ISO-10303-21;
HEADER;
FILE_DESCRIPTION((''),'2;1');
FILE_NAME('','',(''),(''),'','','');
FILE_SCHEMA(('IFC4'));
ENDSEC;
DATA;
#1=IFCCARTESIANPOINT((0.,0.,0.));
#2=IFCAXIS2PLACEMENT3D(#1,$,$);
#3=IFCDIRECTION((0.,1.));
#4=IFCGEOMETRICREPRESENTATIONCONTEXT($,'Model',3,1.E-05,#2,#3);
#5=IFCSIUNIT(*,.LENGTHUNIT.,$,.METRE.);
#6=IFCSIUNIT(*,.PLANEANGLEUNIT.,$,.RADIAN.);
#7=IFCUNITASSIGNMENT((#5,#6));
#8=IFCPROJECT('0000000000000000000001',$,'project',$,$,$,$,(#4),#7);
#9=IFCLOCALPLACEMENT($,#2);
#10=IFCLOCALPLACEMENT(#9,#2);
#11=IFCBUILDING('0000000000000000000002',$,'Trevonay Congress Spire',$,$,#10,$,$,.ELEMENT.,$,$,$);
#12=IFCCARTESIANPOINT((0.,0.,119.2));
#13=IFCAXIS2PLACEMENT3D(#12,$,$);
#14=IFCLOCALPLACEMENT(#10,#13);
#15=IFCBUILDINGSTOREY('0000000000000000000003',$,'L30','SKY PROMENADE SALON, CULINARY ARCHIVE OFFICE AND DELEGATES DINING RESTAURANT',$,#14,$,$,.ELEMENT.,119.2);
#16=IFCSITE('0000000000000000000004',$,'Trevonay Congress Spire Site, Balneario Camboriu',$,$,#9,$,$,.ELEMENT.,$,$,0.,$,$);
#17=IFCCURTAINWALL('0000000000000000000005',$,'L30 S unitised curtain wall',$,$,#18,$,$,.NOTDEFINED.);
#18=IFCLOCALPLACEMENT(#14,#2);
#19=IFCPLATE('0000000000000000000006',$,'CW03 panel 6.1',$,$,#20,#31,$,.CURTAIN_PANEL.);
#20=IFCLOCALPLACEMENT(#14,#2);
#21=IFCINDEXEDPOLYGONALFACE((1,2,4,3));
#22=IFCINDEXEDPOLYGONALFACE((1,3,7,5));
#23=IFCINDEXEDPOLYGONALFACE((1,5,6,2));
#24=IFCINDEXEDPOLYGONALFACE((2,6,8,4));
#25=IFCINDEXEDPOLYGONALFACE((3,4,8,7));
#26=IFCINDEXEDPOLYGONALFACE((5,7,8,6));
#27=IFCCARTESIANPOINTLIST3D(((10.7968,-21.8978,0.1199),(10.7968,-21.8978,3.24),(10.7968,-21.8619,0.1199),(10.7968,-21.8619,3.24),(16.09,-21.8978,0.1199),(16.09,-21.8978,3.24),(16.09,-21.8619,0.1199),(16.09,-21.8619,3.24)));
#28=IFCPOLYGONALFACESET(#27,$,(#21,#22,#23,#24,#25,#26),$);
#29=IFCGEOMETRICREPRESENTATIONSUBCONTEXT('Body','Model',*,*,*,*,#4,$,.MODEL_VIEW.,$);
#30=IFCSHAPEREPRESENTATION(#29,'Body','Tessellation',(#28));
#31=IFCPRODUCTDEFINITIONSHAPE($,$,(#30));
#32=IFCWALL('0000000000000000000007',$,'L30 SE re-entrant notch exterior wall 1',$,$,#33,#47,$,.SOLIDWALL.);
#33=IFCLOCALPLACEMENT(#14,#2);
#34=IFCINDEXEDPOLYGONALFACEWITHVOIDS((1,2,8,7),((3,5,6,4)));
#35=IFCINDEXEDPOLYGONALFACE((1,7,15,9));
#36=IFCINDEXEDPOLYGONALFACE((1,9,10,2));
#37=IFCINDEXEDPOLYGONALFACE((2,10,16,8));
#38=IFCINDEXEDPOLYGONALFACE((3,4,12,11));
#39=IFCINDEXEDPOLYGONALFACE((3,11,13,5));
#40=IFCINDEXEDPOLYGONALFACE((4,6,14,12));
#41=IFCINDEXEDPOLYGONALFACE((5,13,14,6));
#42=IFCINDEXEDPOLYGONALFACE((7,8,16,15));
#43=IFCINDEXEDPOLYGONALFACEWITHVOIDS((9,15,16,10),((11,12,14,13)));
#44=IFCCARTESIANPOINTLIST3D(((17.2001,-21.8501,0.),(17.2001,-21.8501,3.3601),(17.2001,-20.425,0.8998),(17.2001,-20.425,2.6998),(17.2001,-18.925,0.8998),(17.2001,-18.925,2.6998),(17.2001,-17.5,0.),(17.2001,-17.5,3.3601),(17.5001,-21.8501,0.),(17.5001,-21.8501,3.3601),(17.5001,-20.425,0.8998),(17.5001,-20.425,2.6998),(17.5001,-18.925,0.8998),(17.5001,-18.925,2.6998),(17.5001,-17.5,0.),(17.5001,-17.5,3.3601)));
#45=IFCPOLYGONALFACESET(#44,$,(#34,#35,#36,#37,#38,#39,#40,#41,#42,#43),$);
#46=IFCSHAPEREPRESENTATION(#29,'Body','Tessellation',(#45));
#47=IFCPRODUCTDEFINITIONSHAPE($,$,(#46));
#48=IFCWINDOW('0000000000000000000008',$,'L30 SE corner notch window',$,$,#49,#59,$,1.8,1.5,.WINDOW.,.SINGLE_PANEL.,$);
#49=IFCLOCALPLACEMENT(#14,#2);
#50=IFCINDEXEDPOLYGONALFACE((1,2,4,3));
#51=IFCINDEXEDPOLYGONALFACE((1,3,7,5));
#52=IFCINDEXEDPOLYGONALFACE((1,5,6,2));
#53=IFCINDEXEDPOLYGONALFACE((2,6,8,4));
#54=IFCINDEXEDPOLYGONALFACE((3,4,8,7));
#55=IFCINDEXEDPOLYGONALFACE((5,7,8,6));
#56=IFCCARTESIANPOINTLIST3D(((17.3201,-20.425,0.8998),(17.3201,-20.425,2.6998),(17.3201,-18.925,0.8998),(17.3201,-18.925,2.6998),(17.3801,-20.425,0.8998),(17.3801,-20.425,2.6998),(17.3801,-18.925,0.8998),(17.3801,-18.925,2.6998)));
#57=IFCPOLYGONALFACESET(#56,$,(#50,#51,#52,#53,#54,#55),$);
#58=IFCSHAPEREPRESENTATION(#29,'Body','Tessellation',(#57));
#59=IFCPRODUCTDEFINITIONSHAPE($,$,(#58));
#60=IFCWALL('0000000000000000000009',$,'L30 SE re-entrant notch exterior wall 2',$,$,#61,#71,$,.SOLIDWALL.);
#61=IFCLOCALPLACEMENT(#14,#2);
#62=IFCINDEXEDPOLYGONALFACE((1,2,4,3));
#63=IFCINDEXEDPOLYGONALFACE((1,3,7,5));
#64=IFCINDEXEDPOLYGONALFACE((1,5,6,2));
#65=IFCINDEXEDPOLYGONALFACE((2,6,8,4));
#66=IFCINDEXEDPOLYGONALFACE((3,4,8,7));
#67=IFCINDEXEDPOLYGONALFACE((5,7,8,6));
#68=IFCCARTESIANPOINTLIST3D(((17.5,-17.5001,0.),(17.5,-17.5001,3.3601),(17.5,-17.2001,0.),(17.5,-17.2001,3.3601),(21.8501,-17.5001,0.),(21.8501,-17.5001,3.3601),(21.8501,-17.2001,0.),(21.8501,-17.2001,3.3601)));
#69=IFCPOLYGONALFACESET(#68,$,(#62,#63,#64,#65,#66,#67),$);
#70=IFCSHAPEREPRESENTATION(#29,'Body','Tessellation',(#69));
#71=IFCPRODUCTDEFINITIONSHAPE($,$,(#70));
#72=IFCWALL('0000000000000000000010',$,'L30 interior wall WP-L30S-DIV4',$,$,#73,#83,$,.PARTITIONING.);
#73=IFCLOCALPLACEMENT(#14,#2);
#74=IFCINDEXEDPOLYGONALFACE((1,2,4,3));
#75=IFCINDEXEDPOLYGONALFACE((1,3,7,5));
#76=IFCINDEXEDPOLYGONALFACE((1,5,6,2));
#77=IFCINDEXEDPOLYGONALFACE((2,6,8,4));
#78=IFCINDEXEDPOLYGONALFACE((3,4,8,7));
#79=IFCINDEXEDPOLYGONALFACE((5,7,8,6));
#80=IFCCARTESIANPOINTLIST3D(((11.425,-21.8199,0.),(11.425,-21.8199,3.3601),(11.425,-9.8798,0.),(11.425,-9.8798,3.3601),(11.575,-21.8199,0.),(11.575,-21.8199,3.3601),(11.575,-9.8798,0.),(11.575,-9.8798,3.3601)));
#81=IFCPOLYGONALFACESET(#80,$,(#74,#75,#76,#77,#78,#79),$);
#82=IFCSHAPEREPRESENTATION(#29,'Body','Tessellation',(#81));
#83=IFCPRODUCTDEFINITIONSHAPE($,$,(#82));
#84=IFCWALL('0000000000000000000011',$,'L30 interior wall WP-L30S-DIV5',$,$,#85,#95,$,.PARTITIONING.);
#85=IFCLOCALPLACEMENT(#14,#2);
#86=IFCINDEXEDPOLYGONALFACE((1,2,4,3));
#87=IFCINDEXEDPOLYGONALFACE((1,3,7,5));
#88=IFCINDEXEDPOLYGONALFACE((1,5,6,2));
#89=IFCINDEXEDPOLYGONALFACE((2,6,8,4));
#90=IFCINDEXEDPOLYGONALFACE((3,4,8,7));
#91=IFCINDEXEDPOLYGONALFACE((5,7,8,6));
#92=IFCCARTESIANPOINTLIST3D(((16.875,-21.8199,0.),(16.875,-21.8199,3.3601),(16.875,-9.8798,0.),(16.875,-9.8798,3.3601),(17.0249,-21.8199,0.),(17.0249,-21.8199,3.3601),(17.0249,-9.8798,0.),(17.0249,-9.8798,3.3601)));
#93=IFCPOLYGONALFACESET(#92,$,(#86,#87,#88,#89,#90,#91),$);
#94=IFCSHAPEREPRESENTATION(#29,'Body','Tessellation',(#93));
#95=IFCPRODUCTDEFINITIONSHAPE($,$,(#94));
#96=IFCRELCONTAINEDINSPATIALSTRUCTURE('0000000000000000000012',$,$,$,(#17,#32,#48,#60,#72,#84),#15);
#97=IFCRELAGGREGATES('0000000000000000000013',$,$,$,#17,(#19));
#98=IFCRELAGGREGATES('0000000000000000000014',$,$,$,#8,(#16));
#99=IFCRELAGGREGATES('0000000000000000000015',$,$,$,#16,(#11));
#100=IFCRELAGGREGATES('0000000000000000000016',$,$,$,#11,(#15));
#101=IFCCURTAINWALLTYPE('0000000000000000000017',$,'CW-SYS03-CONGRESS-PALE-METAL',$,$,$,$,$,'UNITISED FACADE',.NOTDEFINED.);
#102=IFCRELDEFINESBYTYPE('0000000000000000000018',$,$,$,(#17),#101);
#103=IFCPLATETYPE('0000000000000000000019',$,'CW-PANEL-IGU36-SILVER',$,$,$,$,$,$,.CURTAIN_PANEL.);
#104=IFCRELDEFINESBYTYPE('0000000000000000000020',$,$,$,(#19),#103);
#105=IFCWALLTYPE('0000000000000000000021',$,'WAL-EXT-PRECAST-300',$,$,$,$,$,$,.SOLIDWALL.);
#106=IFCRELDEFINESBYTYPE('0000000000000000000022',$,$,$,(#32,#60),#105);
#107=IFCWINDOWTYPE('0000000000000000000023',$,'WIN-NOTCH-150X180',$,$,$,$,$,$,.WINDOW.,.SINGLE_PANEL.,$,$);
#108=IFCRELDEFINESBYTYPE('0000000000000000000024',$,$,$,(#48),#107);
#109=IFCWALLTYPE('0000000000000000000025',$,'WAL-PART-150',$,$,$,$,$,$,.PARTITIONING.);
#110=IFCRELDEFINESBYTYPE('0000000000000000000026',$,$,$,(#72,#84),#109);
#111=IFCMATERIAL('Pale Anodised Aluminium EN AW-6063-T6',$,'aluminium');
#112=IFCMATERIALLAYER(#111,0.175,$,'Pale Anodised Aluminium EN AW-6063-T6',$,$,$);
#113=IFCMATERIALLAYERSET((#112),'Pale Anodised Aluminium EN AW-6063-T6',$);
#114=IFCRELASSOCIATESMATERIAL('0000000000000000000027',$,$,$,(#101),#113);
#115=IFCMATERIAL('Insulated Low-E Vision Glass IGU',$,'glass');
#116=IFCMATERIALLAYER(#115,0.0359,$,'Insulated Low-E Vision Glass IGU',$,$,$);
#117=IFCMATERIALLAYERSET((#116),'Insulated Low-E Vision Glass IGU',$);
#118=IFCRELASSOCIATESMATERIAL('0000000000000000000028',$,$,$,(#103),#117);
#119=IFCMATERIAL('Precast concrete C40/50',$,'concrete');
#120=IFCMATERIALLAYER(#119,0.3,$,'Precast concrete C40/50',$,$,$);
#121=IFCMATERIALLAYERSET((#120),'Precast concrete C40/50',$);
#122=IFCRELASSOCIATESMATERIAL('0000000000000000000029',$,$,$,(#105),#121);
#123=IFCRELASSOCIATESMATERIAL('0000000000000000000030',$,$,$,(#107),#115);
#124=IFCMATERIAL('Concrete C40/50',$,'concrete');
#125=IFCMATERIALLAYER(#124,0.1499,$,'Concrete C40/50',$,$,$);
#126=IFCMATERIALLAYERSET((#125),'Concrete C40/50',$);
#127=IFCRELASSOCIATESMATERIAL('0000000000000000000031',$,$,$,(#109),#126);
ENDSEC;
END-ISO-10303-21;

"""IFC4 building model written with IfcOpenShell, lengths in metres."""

from ifc_helpers import new_model, si_unit, direction, frame, frame_2d, origin, origin_2d, place, context, subcontext, project, spatial, rectangle, extrude, material, layer, layer_set, type_object, element, fill, aggregate, save


model = new_model("IFC4")

# Units and contexts
model_context = context("Model", 3, precision=1e-05, world=origin(), true_north=direction((0.0, 1.0)))
body_context = subcontext(model_context, "Body", "Model", "MODEL_VIEW")
ifc_project = project(units=[si_unit("LENGTHUNIT", "METRE"), si_unit("PLANEANGLEUNIT", "RADIAN")], contexts=[model_context])

# Site, building, storey
site_placement = place(None, origin())
site = spatial("IfcSite", under=ifc_project, at=site_placement, Name="Trevonay Congress Spire Site, Balneario Camboriu", CompositionType="ELEMENT", RefElevation=0.0)
building_placement = place(site_placement, origin())
building = spatial("IfcBuilding", under=site, at=building_placement, Name="Trevonay Congress Spire", CompositionType="ELEMENT")
storey_placement = place(building_placement, frame((0.0, 0.0, 119.2)))
storey = spatial("IfcBuildingStorey", under=building, at=storey_placement, Name="L30", Description="SKY PROMENADE SALON, CULINARY ARCHIVE OFFICE AND DELEGATES DINING RESTAURANT", CompositionType="ELEMENT", Elevation=119.2)

# Curtain wall
ifc_material_1 = material(Name="Pale Anodised Aluminium EN AW-6063-T6", Category="aluminium")
ifc_layer_1 = layer(ifc_material_1, 0.175, Name="Pale Anodised Aluminium EN AW-6063-T6")
ifc_layer_set_1 = layer_set([ifc_layer_1], Name="Pale Anodised Aluminium EN AW-6063-T6")
curtain_wall_type = type_object("IfcCurtainWallType", Name="CW-SYS03-CONGRESS-PALE-METAL", ElementType="UNITISED FACADE", PredefinedType="NOTDEFINED", material=ifc_layer_set_1)
curtain_wall_1_placement = place(storey_placement, origin())
curtain_wall_1 = element("IfcCurtainWall", 1, at=curtain_wall_1_placement, inside=storey, type_object=curtain_wall_type, Name="L30 S unitised curtain wall", PredefinedType="NOTDEFINED")

# Plate
ifc_material_2 = material(Name="Insulated Low-E Vision Glass IGU", Category="glass")
ifc_layer_2 = layer(ifc_material_2, 0.0359, Name="Insulated Low-E Vision Glass IGU")
ifc_layer_set_2 = layer_set([ifc_layer_2], Name="Insulated Low-E Vision Glass IGU")
plate_type = type_object("IfcPlateType", Name="CW-PANEL-IGU36-SILVER", PredefinedType="CURTAIN_PANEL", material=ifc_layer_set_2)
plate_1_placement = place(storey_placement, frame((13.4434, -21.8799, 0.1199), z_axis=(0.0, 0.0, 1.0), x_axis=(1.0, 0.0, 0.0)))
plate_1 = element("IfcPlate", 2, at=plate_1_placement, type_object=plate_type, Name="CW03 panel 6.1", PredefinedType="CURTAIN_PANEL", context=body_context, shape_type="SweptSolid", body=[
    extrude(rectangle(XDim=5.2932, YDim=0.0359, at=origin_2d()), origin(), (0.0, 0.0, 1.0), 3.1201),
])
aggregate(curtain_wall_1, [plate_1])

# Wall, opening, window
ifc_material_3 = material(Name="Precast concrete C40/50", Category="concrete")
ifc_layer_3 = layer(ifc_material_3, 0.3, Name="Precast concrete C40/50")
ifc_layer_set_3 = layer_set([ifc_layer_3], Name="Precast concrete C40/50")
wall_type_1 = type_object("IfcWallType", Name="WAL-EXT-PRECAST-300", PredefinedType="SOLIDWALL", material=ifc_layer_set_3)
wall_1_placement = place(storey_placement, frame((17.3501, -21.8501, 0.0), z_axis=(0.0, 0.0, 1.0), x_axis=(0.0, 1.0, 0.0)))
wall_1 = element("IfcWall", 3, at=wall_1_placement, inside=storey, type_object=wall_type_1, Name="L30 SE re-entrant notch exterior wall 1", PredefinedType="SOLIDWALL", context=body_context, shape_type="SweptSolid", body=[
    extrude(rectangle(XDim=4.3501, YDim=0.3, at=frame_2d((2.175, 0.0))), origin(), (0.0, 0.0, 1.0), 3.3601),
])
opening_placement = place(wall_1_placement, frame((1.425, 0.0, 0.8999)))
opening = element("IfcOpeningElement", 4, at=opening_placement, cuts=wall_1, PredefinedType="OPENING", context=body_context, shape_type="SweptSolid", body=[
    extrude(rectangle(XDim=1.5, YDim=1.8, at=frame_2d((0.75, 0.8999))), frame((0.0, 0.1602, 0.0), z_axis=(0.0, -1.0, 0.0), x_axis=(1.0, 0.0, 0.0)), (0.0, 0.0, 1.0), 0.3201),
])
window_type = type_object("IfcWindowType", Name="WIN-NOTCH-150X180", PartitioningType="SINGLE_PANEL", PredefinedType="WINDOW", material=ifc_material_2)
window_placement = place(opening_placement, origin())
window = element("IfcWindow", 5, at=window_placement, inside=storey, type_object=window_type, Name="L30 SE corner notch window", OverallHeight=1.8, OverallWidth=1.5, PartitioningType="SINGLE_PANEL", PredefinedType="WINDOW", context=body_context, shape_type="SweptSolid", body=[
    extrude(rectangle(XDim=1.5, YDim=1.8, at=frame_2d((0.75, 0.8999))), frame((0.0, 0.03, 0.0), z_axis=(0.0, -1.0, 0.0), x_axis=(1.0, 0.0, 0.0)), (0.0, 0.0, 1.0), 0.0601),
])
fill(opening, window)

# Walls
wall_2_placement = place(storey_placement, frame((21.8501, -17.3501, 0.0), z_axis=(0.0, 0.0, 1.0), x_axis=(-1.0, 0.0, 0.0)))
element("IfcWall", 6, at=wall_2_placement, inside=storey, type_object=wall_type_1, Name="L30 SE re-entrant notch exterior wall 2", PredefinedType="SOLIDWALL", context=body_context, shape_type="SweptSolid", body=[
    extrude(rectangle(XDim=4.3501, YDim=0.3, at=frame_2d((2.175, 0.0))), origin(), (0.0, 0.0, 1.0), 3.3601),
])
ifc_material_4 = material(Name="Concrete C40/50", Category="concrete")
ifc_layer_4 = layer(ifc_material_4, 0.1499, Name="Concrete C40/50")
ifc_layer_set_4 = layer_set([ifc_layer_4], Name="Concrete C40/50")
wall_type_2 = type_object("IfcWallType", Name="WAL-PART-150", PredefinedType="PARTITIONING", material=ifc_layer_set_4)
for number, where, z_axis, x_axis, name in (
    (7, (11.5, -21.8201, 0.0), (0.0, 0.0, 1.0), (0.0, 1.0, 0.0), "L30 interior wall WP-L30S-DIV4"),
    (8, (16.95, -21.8201, 0.0), (0.0, 0.0, 1.0), (0.0, 1.0, 0.0), "L30 interior wall WP-L30S-DIV5"),
):
    element("IfcWall", number, at=place(storey_placement, frame(where, z_axis=z_axis, x_axis=x_axis)), inside=storey, type_object=wall_type_2, Name=name, PredefinedType="PARTITIONING", context=body_context, shape_type="SweptSolid", body=[
        extrude(rectangle(XDim=11.9402, YDim=0.1499, at=frame_2d((5.9702, 0.0))), origin(), (0.0, 0.0, 1.0), 3.3601),
    ])

save(model, "model.ifc")
